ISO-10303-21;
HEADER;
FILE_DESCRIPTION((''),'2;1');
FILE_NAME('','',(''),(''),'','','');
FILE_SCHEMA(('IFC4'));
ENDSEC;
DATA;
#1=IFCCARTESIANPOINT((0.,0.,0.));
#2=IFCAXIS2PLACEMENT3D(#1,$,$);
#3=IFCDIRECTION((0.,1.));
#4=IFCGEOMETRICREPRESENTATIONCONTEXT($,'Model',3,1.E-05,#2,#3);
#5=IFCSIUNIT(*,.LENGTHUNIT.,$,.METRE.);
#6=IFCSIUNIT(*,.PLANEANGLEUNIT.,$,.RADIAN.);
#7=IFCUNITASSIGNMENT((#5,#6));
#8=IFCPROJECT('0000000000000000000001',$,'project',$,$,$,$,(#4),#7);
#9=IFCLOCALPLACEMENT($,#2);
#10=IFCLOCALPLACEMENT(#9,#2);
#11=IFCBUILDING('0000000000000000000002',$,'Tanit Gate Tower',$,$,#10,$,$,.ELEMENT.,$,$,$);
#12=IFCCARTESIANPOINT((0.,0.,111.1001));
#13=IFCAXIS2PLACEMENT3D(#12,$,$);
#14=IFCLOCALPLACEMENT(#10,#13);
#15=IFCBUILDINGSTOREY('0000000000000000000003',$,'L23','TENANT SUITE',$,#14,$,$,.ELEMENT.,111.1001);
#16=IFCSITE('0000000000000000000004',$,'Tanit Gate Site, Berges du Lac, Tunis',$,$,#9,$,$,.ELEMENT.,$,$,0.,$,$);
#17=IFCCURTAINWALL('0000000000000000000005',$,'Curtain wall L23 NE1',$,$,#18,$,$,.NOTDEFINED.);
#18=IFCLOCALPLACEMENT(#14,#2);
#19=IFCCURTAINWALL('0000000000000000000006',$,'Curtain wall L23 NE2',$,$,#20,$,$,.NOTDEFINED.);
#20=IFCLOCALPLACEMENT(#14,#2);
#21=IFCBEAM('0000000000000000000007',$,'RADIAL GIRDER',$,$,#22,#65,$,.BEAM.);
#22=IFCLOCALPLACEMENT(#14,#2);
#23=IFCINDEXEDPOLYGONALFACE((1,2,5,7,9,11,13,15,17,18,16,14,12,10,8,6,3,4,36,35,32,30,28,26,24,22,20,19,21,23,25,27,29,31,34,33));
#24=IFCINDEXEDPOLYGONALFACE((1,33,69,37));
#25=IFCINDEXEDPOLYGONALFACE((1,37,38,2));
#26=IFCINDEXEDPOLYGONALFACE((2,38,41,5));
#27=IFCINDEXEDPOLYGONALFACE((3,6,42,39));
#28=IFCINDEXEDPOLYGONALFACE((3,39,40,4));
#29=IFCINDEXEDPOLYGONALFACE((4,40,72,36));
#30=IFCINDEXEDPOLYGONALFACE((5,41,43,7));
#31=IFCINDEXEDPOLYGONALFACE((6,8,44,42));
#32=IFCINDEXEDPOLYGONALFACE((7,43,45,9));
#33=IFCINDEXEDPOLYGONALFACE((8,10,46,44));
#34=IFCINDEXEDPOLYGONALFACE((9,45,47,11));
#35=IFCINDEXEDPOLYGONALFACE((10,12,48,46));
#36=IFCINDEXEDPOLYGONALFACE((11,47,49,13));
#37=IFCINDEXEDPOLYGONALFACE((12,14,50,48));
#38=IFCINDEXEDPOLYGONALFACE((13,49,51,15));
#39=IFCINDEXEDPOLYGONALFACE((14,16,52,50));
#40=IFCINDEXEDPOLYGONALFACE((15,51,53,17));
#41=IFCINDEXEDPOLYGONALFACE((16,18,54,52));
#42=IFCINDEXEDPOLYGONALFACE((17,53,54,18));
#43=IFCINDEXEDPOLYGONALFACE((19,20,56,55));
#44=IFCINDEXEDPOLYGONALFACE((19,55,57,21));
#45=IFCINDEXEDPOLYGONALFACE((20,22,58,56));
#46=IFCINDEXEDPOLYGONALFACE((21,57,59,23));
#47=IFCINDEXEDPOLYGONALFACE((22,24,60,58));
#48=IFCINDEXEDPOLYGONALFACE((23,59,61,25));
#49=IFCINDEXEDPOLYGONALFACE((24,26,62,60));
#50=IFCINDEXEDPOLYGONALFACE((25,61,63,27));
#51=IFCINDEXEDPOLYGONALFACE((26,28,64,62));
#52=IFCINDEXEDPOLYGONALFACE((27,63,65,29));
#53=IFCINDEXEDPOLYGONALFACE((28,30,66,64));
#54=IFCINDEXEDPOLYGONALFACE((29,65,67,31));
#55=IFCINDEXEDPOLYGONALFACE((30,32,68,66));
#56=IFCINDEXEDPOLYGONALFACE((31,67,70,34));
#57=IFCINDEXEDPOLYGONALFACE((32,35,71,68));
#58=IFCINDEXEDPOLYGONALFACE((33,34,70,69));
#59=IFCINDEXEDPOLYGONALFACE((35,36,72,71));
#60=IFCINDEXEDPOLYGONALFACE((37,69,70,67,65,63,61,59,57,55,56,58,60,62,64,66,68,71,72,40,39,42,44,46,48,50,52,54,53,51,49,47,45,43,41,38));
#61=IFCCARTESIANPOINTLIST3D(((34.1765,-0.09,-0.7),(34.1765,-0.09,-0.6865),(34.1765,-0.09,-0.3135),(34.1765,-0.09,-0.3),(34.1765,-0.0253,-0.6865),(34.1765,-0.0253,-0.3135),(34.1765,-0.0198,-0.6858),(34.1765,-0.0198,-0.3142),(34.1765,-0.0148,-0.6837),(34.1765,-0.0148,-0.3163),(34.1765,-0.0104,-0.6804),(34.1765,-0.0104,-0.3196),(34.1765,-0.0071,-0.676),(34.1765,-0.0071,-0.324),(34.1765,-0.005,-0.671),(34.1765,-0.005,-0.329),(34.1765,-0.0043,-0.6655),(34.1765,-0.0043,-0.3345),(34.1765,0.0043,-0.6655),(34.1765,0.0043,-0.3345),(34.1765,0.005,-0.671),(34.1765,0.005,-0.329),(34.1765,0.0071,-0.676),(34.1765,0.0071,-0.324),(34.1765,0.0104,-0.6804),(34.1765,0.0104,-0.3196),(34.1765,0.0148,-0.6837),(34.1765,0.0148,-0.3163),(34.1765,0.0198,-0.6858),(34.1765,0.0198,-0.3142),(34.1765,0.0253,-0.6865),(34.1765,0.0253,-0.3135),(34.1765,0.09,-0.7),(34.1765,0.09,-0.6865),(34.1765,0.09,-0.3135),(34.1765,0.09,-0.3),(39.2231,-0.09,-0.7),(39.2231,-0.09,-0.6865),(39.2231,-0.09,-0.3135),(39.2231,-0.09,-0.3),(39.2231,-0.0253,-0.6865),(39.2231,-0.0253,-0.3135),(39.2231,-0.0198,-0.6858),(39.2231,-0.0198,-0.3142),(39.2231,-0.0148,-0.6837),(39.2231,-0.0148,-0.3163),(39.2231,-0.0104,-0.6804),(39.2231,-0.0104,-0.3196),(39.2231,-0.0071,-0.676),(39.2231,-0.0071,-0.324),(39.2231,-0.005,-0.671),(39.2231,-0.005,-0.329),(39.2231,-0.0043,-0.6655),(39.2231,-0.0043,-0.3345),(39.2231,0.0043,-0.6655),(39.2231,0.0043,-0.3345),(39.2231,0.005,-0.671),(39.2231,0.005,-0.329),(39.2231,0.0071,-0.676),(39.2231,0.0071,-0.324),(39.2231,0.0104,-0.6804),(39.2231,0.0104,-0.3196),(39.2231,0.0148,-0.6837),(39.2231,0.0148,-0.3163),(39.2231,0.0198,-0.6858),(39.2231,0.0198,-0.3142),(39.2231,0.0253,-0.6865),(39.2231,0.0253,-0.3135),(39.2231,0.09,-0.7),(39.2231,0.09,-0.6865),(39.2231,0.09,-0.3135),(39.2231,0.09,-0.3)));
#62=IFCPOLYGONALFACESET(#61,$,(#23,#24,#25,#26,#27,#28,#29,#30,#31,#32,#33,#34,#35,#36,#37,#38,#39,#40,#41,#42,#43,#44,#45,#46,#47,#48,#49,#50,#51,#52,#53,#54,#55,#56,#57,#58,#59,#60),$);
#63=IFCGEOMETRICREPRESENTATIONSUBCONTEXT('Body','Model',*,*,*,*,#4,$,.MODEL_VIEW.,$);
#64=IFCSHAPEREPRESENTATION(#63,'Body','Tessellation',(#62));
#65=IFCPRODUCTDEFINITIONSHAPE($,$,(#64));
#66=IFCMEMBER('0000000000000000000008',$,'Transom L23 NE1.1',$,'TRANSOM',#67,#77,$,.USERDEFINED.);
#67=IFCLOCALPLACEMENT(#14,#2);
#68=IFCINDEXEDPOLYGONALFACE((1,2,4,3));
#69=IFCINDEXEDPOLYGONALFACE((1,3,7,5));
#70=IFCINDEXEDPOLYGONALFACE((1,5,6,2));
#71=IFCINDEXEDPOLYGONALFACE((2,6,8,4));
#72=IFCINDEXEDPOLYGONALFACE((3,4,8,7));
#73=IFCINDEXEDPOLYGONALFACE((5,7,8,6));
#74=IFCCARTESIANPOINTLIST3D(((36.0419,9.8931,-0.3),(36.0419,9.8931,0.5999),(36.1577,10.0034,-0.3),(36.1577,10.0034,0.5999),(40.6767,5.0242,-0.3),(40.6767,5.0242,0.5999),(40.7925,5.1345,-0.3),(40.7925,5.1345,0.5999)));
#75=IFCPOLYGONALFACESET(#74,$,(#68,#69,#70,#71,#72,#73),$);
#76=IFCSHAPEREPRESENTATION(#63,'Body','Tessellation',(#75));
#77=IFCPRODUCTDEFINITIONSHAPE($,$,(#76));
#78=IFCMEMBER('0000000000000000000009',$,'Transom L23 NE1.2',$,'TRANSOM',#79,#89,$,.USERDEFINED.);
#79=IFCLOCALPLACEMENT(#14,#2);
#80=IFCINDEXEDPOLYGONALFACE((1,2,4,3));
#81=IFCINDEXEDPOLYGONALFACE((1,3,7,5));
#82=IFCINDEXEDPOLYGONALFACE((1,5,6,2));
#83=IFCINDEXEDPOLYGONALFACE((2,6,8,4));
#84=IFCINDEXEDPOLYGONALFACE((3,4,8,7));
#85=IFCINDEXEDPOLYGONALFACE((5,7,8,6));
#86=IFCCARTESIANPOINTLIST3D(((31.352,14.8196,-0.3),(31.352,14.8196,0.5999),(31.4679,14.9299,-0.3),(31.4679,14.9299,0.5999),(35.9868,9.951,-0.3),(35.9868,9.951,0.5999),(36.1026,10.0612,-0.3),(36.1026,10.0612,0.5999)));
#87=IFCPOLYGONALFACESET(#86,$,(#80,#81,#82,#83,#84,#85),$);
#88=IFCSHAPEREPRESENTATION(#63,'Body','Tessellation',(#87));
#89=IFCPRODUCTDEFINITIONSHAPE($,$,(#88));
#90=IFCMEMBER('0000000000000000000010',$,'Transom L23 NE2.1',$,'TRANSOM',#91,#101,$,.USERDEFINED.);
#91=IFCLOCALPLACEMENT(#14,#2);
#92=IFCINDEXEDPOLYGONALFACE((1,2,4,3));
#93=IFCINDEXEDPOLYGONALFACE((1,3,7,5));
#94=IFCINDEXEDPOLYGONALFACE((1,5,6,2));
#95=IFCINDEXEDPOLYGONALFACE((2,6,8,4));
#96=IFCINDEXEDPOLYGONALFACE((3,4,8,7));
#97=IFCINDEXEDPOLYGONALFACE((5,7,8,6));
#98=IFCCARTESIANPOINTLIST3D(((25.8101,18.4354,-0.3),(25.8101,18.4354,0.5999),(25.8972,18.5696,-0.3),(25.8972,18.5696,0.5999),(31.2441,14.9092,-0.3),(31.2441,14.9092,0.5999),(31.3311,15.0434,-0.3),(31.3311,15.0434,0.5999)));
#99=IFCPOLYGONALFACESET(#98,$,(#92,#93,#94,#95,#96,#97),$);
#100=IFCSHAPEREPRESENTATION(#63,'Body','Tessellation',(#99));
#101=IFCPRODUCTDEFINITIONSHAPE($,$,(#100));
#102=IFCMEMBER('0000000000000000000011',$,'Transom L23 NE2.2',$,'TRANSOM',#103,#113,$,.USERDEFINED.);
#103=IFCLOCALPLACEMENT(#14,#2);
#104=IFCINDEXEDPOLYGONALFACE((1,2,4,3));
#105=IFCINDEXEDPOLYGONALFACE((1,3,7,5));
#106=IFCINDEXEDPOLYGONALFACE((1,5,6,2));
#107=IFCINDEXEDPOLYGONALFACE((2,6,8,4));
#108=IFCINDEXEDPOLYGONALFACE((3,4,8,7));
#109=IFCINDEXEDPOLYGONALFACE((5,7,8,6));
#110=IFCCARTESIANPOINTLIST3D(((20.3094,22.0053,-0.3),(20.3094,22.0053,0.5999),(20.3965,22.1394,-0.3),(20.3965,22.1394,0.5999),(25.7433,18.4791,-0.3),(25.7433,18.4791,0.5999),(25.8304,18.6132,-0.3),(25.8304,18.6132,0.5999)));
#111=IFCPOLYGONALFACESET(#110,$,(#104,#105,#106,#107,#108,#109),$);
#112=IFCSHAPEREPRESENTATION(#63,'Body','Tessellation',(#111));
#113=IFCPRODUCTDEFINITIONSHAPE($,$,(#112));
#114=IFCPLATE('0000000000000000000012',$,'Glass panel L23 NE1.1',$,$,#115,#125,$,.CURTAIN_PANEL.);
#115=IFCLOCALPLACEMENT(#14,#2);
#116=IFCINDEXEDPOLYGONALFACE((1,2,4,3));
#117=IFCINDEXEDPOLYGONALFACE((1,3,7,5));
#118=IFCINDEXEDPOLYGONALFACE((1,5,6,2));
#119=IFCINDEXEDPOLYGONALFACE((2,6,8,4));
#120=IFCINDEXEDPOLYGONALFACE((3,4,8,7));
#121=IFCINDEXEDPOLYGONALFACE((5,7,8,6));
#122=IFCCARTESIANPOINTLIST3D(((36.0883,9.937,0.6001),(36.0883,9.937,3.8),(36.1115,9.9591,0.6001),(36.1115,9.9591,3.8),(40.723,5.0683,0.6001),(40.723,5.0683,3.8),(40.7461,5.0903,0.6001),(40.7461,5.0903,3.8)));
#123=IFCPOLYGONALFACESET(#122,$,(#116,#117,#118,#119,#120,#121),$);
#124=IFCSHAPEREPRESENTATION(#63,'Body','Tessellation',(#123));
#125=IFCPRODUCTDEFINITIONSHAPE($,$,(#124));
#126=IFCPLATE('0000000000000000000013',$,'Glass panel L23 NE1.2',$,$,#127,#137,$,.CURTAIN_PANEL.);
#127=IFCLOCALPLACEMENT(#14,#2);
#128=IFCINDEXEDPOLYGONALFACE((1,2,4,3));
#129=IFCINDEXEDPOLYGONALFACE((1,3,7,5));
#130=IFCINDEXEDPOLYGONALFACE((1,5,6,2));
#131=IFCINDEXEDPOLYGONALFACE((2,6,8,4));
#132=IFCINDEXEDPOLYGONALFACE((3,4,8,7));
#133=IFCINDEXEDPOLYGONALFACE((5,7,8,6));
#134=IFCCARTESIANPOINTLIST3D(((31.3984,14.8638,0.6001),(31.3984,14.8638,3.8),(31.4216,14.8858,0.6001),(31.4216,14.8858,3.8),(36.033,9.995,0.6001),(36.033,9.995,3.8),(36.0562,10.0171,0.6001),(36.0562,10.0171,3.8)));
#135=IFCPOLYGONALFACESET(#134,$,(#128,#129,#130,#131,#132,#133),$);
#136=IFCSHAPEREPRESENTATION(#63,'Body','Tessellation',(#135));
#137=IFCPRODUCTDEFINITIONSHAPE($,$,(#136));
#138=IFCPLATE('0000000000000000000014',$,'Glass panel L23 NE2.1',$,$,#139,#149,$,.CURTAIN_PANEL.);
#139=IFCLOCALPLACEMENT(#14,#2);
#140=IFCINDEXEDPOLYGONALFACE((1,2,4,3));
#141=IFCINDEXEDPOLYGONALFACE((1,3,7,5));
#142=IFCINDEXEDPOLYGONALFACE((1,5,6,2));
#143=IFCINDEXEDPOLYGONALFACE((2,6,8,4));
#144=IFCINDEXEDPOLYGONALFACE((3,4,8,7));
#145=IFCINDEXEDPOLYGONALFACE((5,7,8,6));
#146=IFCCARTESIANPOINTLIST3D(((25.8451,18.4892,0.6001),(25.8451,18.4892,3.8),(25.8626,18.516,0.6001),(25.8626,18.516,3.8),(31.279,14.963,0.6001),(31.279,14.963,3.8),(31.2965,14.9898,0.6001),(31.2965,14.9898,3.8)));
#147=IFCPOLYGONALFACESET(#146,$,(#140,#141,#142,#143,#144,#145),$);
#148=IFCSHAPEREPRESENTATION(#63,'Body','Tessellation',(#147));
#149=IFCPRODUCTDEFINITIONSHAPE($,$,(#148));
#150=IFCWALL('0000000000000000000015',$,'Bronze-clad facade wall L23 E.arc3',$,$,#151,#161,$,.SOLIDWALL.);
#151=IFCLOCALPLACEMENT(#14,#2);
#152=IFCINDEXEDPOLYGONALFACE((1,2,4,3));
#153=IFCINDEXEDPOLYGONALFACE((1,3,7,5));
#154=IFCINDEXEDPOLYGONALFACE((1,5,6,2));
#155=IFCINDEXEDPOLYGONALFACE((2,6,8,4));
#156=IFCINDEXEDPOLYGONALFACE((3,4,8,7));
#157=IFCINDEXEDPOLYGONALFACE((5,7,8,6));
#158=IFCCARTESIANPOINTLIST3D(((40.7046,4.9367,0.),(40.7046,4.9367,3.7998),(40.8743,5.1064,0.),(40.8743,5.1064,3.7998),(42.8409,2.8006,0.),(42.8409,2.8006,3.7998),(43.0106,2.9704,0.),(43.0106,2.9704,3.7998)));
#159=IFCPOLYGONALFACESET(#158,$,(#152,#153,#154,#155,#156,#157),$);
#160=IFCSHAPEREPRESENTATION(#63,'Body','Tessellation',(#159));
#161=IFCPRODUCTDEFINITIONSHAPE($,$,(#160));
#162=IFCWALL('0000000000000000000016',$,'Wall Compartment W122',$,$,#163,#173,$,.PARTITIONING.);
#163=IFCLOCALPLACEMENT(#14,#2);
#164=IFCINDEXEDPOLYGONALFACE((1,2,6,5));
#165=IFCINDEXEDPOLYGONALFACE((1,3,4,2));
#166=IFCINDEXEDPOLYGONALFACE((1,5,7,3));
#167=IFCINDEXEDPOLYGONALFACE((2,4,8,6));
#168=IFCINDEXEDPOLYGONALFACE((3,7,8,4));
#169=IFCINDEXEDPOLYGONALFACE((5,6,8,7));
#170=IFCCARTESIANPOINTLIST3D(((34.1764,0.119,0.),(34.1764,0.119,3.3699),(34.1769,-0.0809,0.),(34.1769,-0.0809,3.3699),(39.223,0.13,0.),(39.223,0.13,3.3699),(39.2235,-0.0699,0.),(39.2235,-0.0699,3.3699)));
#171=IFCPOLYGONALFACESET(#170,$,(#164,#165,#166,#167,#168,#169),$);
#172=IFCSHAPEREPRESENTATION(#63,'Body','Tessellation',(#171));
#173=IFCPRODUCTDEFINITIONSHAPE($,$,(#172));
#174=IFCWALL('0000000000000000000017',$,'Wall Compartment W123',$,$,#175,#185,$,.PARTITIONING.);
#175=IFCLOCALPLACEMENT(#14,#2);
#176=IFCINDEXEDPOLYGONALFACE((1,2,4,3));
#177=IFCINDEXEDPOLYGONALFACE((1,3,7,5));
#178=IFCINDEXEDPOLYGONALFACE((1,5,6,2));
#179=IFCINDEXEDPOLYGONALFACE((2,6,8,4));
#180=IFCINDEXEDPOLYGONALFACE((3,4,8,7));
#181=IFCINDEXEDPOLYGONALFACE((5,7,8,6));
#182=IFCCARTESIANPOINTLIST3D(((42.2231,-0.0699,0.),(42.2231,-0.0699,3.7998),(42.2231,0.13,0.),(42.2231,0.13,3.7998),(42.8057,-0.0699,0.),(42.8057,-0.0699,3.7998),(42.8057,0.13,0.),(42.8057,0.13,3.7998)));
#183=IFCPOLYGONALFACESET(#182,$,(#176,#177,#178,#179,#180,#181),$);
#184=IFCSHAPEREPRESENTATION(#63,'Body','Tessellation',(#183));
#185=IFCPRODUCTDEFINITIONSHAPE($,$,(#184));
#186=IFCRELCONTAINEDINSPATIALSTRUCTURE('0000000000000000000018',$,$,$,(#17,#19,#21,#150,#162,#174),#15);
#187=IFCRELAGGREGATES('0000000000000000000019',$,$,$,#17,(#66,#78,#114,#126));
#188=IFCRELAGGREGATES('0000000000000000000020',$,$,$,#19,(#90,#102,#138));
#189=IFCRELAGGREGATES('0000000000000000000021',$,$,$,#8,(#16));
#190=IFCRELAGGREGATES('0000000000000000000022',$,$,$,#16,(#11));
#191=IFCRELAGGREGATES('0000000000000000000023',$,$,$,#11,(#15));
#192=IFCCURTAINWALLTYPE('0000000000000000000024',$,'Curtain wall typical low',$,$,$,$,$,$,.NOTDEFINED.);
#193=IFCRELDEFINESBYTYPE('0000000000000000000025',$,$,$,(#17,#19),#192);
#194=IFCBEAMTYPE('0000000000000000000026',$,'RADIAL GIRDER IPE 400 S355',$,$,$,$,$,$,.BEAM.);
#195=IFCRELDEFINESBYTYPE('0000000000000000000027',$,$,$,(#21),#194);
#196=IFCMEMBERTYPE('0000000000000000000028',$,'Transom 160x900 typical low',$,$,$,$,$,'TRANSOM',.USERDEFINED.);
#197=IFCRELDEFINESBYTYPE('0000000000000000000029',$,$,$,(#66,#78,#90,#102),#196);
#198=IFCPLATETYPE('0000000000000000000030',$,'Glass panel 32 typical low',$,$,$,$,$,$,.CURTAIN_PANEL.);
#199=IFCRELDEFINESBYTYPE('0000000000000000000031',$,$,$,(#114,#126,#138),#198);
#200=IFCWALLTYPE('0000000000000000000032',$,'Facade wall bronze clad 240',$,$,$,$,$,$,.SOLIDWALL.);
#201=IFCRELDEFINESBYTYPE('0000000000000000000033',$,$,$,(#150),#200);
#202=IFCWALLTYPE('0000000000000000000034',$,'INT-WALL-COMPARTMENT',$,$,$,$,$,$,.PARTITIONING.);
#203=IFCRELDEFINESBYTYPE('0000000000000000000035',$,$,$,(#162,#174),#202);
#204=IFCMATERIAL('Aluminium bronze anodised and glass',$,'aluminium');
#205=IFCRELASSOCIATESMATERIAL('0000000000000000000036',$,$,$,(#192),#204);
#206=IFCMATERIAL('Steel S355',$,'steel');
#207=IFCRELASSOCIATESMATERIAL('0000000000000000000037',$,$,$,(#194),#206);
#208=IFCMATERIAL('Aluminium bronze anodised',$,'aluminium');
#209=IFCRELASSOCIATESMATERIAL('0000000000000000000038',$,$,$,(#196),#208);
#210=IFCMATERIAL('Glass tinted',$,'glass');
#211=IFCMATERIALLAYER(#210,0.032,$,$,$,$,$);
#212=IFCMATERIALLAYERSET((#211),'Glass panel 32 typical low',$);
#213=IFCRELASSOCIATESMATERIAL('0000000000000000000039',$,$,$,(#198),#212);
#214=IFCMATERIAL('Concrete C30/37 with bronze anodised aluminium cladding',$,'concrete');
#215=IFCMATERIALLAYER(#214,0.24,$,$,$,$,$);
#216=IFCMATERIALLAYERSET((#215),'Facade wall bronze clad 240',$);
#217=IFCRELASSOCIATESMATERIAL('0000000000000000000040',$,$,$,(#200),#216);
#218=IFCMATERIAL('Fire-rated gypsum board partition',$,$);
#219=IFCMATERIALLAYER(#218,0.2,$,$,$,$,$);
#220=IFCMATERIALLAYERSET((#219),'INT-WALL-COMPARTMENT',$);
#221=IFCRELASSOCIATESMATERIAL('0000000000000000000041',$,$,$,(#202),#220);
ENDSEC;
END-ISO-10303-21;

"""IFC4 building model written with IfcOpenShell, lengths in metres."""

from ifc_helpers import new_model, si_unit, direction, frame, frame_2d, origin, origin_2d, place, context, subcontext, project, spatial, rectangle, i_section, extrude, material, layer, layer_set, material_profile, profile_set, type_object, element, aggregate, save


model = new_model("IFC4")

# Units and contexts
model_context = context("Model", 3, precision=1e-05, world=origin(), true_north=direction((0.0, 1.0)))
body_context = subcontext(model_context, "Body", "Model", "MODEL_VIEW")
ifc_project = project(units=[si_unit("LENGTHUNIT", "METRE"), si_unit("PLANEANGLEUNIT", "RADIAN")], contexts=[model_context])

# Site, building, storey
site_placement = place(None, origin())
site = spatial("IfcSite", under=ifc_project, at=site_placement, Name="Tanit Gate Site, Berges du Lac, Tunis", CompositionType="ELEMENT", RefElevation=0.0)
building_placement = place(site_placement, origin())
building = spatial("IfcBuilding", under=site, at=building_placement, Name="Tanit Gate Tower", CompositionType="ELEMENT")
storey_placement = place(building_placement, frame((0.0, 0.0, 111.1001)))
storey = spatial("IfcBuildingStorey", under=building, at=storey_placement, Name="L23", Description="TENANT SUITE", CompositionType="ELEMENT", Elevation=111.1001)

# Curtain walls
ifc_material_1 = material(Name="Aluminium bronze anodised and glass", Category="aluminium")
curtain_wall_type = type_object("IfcCurtainWallType", Name="Curtain wall typical low", PredefinedType="NOTDEFINED", material=ifc_material_1)
curtain_wall_1_placement = place(storey_placement, origin())
curtain_wall_1 = element("IfcCurtainWall", 1, at=curtain_wall_1_placement, inside=storey, type_object=curtain_wall_type, Name="Curtain wall L23 NE1", PredefinedType="NOTDEFINED")
curtain_wall_2_placement = place(storey_placement, origin())
curtain_wall_2 = element("IfcCurtainWall", 2, at=curtain_wall_2_placement, inside=storey, type_object=curtain_wall_type, Name="Curtain wall L23 NE2", PredefinedType="NOTDEFINED")

# Beam
ifc_material_2 = material(Name="Steel S355", Category="steel")
ifc_material_profile_1 = material_profile(ifc_material_2, i_section(OverallWidth=0.1799, OverallDepth=0.3999, WebThickness=0.0085, FlangeThickness=0.0134, FilletRadius=0.021, at=origin_2d()), Name="IPE 400")
ifc_profile_set_1 = profile_set([ifc_material_profile_1], Name="Steel S355")
beam_type_1 = type_object("IfcBeamType", Name="RADIAL GIRDER IPE 400 S355", PredefinedType="BEAM", material=ifc_profile_set_1)
beam_1_placement = place(storey_placement, frame((39.2231, 0.0, -0.5), z_axis=(-1.0, 0.0, 0.0), x_axis=(0.0, -1.0, 0.0)))
element("IfcBeam", 3, at=beam_1_placement, inside=storey, type_object=beam_type_1, Name="RADIAL GIRDER", PredefinedType="BEAM", context=body_context, shape_type="SweptSolid", body=[
    extrude(i_section(OverallWidth=0.1799, OverallDepth=0.3999, WebThickness=0.0085, FlangeThickness=0.0134, FilletRadius=0.021, at=origin_2d()), origin(), (0.0, 0.0, 1.0), 5.0466),
])

# Members
ifc_material_3 = material(Name="Aluminium bronze anodised", Category="aluminium")
ifc_material_profile_2 = material_profile(ifc_material_3, rectangle(XDim=0.1599, YDim=0.8999, at=origin_2d()), Name="160x900 bronze transom")
ifc_profile_set_2 = profile_set([ifc_material_profile_2], Name="Aluminium bronze anodised")
member_type_1 = type_object("IfcMemberType", Name="Transom 160x900 typical low", ElementType="TRANSOM", PredefinedType="USERDEFINED", material=ifc_profile_set_2)
member_1_placement = place(storey_placement, frame((40.7346, 5.0793, 0.1499), z_axis=(-0.689477, 0.724307, 0.0), x_axis=(-0.724307, -0.689477, 0.0)))
member_1 = element("IfcMember", 4, at=member_1_placement, type_object=member_type_1, Name="Transom L23 NE1.1", ObjectType="TRANSOM", PredefinedType="USERDEFINED", context=body_context, shape_type="SweptSolid", body=[
    extrude(rectangle(XDim=0.1599, YDim=0.8999, at=origin_2d()), origin(), (0.0, 0.0, 1.0), 6.7222),
])
member_2_placement = place(storey_placement, frame((36.0447, 10.0061, 0.1499), z_axis=(-0.689496, 0.72429, 0.0), x_axis=(-0.72429, -0.689496, 0.0)))
member_2 = element("IfcMember", 5, at=member_2_placement, type_object=member_type_1, Name="Transom L23 NE1.2", ObjectType="TRANSOM", PredefinedType="USERDEFINED", context=body_context, shape_type="SweptSolid", body=[
    extrude(rectangle(XDim=0.1599, YDim=0.8999, at=origin_2d()), origin(), (0.0, 0.0, 1.0), 6.7219),
])
member_3_placement = place(storey_placement, frame((31.2876, 14.9763, 0.1499), z_axis=(-0.838858, 0.544351, 0.0), x_axis=(-0.544351, -0.838858, 0.0)))
member_3 = element("IfcMember", 6, at=member_3_placement, type_object=member_type_1, Name="Transom L23 NE2.1", ObjectType="TRANSOM", PredefinedType="USERDEFINED", context=body_context, shape_type="SweptSolid", body=[
    extrude(rectangle(XDim=0.1599, YDim=0.8999, at=origin_2d()), origin(), (0.0, 0.0, 1.0), 6.4778),
])
member_4_placement = place(storey_placement, frame((25.7869, 18.5461, 0.1499), z_axis=(-0.838858, 0.544351, 0.0), x_axis=(-0.544351, -0.838858, 0.0)))
member_4 = element("IfcMember", 7, at=member_4_placement, type_object=member_type_1, Name="Transom L23 NE2.2", ObjectType="TRANSOM", PredefinedType="USERDEFINED", context=body_context, shape_type="SweptSolid", body=[
    extrude(rectangle(XDim=0.1599, YDim=0.8999, at=origin_2d()), origin(), (0.0, 0.0, 1.0), 6.4778),
])

# Plates
ifc_material_4 = material(Name="Glass tinted", Category="glass")
ifc_layer_1 = layer(ifc_material_4, 0.032)
ifc_layer_set_1 = layer_set([ifc_layer_1], Name="Glass panel 32 typical low")
plate_type = type_object("IfcPlateType", Name="Glass panel 32 typical low", PredefinedType="CURTAIN_PANEL", material=ifc_layer_set_1)
plate_1_placement = place(storey_placement, frame((38.4172, 7.5137, 0.6001), z_axis=(0.0, 0.0, 1.0), x_axis=(-0.689481, 0.724304, 0.0)))
plate_1 = element("IfcPlate", 8, at=plate_1_placement, type_object=plate_type, Name="Glass panel L23 NE1.1", PredefinedType="CURTAIN_PANEL", context=body_context, shape_type="SweptSolid", body=[
    extrude(rectangle(XDim=6.7219, YDim=0.032, at=origin_2d()), origin(), (0.0, 0.0, 1.0), 3.2),
])
plate_2_placement = place(storey_placement, frame((33.7273, 12.4404, 0.6001), z_axis=(0.0, 0.0, 1.0), x_axis=(-0.689481, 0.724304, 0.0)))
plate_2 = element("IfcPlate", 9, at=plate_2_placement, type_object=plate_type, Name="Glass panel L23 NE1.2", PredefinedType="CURTAIN_PANEL", context=body_context, shape_type="SweptSolid", body=[
    extrude(rectangle(XDim=6.7219, YDim=0.032, at=origin_2d()), origin(), (0.0, 0.0, 1.0), 3.2),
])
aggregate(curtain_wall_1, [member_1, member_2, plate_1, plate_2])
plate_3_placement = place(storey_placement, frame((28.5708, 16.7395, 0.6001), z_axis=(0.0, 0.0, 1.0), x_axis=(-0.838852, 0.544359, 0.0)))
plate_3 = element("IfcPlate", 10, at=plate_3_placement, type_object=plate_type, Name="Glass panel L23 NE2.1", PredefinedType="CURTAIN_PANEL", context=body_context, shape_type="SweptSolid", body=[
    extrude(rectangle(XDim=6.4778, YDim=0.032, at=origin_2d()), origin(), (0.0, 0.0, 1.0), 3.2),
])
aggregate(curtain_wall_2, [member_3, member_4, plate_3])

# Walls
ifc_material_5 = material(Name="Concrete C30/37 with bronze anodised aluminium cladding", Category="concrete")
ifc_layer_2 = layer(ifc_material_5, 0.24)
ifc_layer_set_2 = layer_set([ifc_layer_2], Name="Facade wall bronze clad 240")
wall_type_1 = type_object("IfcWallType", Name="Facade wall bronze clad 240", PredefinedType="SOLIDWALL", material=ifc_layer_set_2)
wall_1_placement = place(storey_placement, frame((42.9258, 2.8855, 0.0), z_axis=(0.0, 0.0, 1.0), x_axis=(-0.707147, 0.707066, 0.0)))
element("IfcWall", 11, at=wall_1_placement, inside=storey, type_object=wall_type_1, Name="Bronze-clad facade wall L23 E.arc3", PredefinedType="SOLIDWALL", context=body_context, shape_type="SweptSolid", body=[
    extrude(rectangle(XDim=3.021, YDim=0.24, at=frame_2d((1.5105, 0.0))), origin(), (0.0, 0.0, 1.0), 3.7998),
])
ifc_material_6 = material(Name="Fire-rated gypsum board partition")
ifc_layer_3 = layer(ifc_material_6, 0.2)
ifc_layer_set_3 = layer_set([ifc_layer_3], Name="INT-WALL-COMPARTMENT")
wall_type_2 = type_object("IfcWallType", Name="INT-WALL-COMPARTMENT", PredefinedType="PARTITIONING", material=ifc_layer_set_3)
wall_2_placement = place(storey_placement, frame((34.1765, 0.019, 0.0), z_axis=(0.0, 0.0, 1.0), x_axis=(0.999998, 0.002177, 0.0)))
element("IfcWall", 12, at=wall_2_placement, inside=storey, type_object=wall_type_2, Name="Wall Compartment W122", PredefinedType="PARTITIONING", context=body_context, shape_type="SweptSolid", body=[
    extrude(rectangle(XDim=5.0466, YDim=0.2, at=frame_2d((2.5234, 0.0))), origin(), (0.0, 0.0, 1.0), 3.3699),
])
wall_3_placement = place(storey_placement, frame((42.2231, 0.03, 0.0), z_axis=(0.0, 0.0, 1.0), x_axis=(1.0, 0.0, 0.0)))
element("IfcWall", 13, at=wall_3_placement, inside=storey, type_object=wall_type_2, Name="Wall Compartment W123", PredefinedType="PARTITIONING", context=body_context, shape_type="SweptSolid", body=[
    extrude(rectangle(XDim=0.5825, YDim=0.2, at=frame_2d((0.2913, 0.0))), origin(), (0.0, 0.0, 1.0), 3.7998),
])

save(model, "model.ifc")
